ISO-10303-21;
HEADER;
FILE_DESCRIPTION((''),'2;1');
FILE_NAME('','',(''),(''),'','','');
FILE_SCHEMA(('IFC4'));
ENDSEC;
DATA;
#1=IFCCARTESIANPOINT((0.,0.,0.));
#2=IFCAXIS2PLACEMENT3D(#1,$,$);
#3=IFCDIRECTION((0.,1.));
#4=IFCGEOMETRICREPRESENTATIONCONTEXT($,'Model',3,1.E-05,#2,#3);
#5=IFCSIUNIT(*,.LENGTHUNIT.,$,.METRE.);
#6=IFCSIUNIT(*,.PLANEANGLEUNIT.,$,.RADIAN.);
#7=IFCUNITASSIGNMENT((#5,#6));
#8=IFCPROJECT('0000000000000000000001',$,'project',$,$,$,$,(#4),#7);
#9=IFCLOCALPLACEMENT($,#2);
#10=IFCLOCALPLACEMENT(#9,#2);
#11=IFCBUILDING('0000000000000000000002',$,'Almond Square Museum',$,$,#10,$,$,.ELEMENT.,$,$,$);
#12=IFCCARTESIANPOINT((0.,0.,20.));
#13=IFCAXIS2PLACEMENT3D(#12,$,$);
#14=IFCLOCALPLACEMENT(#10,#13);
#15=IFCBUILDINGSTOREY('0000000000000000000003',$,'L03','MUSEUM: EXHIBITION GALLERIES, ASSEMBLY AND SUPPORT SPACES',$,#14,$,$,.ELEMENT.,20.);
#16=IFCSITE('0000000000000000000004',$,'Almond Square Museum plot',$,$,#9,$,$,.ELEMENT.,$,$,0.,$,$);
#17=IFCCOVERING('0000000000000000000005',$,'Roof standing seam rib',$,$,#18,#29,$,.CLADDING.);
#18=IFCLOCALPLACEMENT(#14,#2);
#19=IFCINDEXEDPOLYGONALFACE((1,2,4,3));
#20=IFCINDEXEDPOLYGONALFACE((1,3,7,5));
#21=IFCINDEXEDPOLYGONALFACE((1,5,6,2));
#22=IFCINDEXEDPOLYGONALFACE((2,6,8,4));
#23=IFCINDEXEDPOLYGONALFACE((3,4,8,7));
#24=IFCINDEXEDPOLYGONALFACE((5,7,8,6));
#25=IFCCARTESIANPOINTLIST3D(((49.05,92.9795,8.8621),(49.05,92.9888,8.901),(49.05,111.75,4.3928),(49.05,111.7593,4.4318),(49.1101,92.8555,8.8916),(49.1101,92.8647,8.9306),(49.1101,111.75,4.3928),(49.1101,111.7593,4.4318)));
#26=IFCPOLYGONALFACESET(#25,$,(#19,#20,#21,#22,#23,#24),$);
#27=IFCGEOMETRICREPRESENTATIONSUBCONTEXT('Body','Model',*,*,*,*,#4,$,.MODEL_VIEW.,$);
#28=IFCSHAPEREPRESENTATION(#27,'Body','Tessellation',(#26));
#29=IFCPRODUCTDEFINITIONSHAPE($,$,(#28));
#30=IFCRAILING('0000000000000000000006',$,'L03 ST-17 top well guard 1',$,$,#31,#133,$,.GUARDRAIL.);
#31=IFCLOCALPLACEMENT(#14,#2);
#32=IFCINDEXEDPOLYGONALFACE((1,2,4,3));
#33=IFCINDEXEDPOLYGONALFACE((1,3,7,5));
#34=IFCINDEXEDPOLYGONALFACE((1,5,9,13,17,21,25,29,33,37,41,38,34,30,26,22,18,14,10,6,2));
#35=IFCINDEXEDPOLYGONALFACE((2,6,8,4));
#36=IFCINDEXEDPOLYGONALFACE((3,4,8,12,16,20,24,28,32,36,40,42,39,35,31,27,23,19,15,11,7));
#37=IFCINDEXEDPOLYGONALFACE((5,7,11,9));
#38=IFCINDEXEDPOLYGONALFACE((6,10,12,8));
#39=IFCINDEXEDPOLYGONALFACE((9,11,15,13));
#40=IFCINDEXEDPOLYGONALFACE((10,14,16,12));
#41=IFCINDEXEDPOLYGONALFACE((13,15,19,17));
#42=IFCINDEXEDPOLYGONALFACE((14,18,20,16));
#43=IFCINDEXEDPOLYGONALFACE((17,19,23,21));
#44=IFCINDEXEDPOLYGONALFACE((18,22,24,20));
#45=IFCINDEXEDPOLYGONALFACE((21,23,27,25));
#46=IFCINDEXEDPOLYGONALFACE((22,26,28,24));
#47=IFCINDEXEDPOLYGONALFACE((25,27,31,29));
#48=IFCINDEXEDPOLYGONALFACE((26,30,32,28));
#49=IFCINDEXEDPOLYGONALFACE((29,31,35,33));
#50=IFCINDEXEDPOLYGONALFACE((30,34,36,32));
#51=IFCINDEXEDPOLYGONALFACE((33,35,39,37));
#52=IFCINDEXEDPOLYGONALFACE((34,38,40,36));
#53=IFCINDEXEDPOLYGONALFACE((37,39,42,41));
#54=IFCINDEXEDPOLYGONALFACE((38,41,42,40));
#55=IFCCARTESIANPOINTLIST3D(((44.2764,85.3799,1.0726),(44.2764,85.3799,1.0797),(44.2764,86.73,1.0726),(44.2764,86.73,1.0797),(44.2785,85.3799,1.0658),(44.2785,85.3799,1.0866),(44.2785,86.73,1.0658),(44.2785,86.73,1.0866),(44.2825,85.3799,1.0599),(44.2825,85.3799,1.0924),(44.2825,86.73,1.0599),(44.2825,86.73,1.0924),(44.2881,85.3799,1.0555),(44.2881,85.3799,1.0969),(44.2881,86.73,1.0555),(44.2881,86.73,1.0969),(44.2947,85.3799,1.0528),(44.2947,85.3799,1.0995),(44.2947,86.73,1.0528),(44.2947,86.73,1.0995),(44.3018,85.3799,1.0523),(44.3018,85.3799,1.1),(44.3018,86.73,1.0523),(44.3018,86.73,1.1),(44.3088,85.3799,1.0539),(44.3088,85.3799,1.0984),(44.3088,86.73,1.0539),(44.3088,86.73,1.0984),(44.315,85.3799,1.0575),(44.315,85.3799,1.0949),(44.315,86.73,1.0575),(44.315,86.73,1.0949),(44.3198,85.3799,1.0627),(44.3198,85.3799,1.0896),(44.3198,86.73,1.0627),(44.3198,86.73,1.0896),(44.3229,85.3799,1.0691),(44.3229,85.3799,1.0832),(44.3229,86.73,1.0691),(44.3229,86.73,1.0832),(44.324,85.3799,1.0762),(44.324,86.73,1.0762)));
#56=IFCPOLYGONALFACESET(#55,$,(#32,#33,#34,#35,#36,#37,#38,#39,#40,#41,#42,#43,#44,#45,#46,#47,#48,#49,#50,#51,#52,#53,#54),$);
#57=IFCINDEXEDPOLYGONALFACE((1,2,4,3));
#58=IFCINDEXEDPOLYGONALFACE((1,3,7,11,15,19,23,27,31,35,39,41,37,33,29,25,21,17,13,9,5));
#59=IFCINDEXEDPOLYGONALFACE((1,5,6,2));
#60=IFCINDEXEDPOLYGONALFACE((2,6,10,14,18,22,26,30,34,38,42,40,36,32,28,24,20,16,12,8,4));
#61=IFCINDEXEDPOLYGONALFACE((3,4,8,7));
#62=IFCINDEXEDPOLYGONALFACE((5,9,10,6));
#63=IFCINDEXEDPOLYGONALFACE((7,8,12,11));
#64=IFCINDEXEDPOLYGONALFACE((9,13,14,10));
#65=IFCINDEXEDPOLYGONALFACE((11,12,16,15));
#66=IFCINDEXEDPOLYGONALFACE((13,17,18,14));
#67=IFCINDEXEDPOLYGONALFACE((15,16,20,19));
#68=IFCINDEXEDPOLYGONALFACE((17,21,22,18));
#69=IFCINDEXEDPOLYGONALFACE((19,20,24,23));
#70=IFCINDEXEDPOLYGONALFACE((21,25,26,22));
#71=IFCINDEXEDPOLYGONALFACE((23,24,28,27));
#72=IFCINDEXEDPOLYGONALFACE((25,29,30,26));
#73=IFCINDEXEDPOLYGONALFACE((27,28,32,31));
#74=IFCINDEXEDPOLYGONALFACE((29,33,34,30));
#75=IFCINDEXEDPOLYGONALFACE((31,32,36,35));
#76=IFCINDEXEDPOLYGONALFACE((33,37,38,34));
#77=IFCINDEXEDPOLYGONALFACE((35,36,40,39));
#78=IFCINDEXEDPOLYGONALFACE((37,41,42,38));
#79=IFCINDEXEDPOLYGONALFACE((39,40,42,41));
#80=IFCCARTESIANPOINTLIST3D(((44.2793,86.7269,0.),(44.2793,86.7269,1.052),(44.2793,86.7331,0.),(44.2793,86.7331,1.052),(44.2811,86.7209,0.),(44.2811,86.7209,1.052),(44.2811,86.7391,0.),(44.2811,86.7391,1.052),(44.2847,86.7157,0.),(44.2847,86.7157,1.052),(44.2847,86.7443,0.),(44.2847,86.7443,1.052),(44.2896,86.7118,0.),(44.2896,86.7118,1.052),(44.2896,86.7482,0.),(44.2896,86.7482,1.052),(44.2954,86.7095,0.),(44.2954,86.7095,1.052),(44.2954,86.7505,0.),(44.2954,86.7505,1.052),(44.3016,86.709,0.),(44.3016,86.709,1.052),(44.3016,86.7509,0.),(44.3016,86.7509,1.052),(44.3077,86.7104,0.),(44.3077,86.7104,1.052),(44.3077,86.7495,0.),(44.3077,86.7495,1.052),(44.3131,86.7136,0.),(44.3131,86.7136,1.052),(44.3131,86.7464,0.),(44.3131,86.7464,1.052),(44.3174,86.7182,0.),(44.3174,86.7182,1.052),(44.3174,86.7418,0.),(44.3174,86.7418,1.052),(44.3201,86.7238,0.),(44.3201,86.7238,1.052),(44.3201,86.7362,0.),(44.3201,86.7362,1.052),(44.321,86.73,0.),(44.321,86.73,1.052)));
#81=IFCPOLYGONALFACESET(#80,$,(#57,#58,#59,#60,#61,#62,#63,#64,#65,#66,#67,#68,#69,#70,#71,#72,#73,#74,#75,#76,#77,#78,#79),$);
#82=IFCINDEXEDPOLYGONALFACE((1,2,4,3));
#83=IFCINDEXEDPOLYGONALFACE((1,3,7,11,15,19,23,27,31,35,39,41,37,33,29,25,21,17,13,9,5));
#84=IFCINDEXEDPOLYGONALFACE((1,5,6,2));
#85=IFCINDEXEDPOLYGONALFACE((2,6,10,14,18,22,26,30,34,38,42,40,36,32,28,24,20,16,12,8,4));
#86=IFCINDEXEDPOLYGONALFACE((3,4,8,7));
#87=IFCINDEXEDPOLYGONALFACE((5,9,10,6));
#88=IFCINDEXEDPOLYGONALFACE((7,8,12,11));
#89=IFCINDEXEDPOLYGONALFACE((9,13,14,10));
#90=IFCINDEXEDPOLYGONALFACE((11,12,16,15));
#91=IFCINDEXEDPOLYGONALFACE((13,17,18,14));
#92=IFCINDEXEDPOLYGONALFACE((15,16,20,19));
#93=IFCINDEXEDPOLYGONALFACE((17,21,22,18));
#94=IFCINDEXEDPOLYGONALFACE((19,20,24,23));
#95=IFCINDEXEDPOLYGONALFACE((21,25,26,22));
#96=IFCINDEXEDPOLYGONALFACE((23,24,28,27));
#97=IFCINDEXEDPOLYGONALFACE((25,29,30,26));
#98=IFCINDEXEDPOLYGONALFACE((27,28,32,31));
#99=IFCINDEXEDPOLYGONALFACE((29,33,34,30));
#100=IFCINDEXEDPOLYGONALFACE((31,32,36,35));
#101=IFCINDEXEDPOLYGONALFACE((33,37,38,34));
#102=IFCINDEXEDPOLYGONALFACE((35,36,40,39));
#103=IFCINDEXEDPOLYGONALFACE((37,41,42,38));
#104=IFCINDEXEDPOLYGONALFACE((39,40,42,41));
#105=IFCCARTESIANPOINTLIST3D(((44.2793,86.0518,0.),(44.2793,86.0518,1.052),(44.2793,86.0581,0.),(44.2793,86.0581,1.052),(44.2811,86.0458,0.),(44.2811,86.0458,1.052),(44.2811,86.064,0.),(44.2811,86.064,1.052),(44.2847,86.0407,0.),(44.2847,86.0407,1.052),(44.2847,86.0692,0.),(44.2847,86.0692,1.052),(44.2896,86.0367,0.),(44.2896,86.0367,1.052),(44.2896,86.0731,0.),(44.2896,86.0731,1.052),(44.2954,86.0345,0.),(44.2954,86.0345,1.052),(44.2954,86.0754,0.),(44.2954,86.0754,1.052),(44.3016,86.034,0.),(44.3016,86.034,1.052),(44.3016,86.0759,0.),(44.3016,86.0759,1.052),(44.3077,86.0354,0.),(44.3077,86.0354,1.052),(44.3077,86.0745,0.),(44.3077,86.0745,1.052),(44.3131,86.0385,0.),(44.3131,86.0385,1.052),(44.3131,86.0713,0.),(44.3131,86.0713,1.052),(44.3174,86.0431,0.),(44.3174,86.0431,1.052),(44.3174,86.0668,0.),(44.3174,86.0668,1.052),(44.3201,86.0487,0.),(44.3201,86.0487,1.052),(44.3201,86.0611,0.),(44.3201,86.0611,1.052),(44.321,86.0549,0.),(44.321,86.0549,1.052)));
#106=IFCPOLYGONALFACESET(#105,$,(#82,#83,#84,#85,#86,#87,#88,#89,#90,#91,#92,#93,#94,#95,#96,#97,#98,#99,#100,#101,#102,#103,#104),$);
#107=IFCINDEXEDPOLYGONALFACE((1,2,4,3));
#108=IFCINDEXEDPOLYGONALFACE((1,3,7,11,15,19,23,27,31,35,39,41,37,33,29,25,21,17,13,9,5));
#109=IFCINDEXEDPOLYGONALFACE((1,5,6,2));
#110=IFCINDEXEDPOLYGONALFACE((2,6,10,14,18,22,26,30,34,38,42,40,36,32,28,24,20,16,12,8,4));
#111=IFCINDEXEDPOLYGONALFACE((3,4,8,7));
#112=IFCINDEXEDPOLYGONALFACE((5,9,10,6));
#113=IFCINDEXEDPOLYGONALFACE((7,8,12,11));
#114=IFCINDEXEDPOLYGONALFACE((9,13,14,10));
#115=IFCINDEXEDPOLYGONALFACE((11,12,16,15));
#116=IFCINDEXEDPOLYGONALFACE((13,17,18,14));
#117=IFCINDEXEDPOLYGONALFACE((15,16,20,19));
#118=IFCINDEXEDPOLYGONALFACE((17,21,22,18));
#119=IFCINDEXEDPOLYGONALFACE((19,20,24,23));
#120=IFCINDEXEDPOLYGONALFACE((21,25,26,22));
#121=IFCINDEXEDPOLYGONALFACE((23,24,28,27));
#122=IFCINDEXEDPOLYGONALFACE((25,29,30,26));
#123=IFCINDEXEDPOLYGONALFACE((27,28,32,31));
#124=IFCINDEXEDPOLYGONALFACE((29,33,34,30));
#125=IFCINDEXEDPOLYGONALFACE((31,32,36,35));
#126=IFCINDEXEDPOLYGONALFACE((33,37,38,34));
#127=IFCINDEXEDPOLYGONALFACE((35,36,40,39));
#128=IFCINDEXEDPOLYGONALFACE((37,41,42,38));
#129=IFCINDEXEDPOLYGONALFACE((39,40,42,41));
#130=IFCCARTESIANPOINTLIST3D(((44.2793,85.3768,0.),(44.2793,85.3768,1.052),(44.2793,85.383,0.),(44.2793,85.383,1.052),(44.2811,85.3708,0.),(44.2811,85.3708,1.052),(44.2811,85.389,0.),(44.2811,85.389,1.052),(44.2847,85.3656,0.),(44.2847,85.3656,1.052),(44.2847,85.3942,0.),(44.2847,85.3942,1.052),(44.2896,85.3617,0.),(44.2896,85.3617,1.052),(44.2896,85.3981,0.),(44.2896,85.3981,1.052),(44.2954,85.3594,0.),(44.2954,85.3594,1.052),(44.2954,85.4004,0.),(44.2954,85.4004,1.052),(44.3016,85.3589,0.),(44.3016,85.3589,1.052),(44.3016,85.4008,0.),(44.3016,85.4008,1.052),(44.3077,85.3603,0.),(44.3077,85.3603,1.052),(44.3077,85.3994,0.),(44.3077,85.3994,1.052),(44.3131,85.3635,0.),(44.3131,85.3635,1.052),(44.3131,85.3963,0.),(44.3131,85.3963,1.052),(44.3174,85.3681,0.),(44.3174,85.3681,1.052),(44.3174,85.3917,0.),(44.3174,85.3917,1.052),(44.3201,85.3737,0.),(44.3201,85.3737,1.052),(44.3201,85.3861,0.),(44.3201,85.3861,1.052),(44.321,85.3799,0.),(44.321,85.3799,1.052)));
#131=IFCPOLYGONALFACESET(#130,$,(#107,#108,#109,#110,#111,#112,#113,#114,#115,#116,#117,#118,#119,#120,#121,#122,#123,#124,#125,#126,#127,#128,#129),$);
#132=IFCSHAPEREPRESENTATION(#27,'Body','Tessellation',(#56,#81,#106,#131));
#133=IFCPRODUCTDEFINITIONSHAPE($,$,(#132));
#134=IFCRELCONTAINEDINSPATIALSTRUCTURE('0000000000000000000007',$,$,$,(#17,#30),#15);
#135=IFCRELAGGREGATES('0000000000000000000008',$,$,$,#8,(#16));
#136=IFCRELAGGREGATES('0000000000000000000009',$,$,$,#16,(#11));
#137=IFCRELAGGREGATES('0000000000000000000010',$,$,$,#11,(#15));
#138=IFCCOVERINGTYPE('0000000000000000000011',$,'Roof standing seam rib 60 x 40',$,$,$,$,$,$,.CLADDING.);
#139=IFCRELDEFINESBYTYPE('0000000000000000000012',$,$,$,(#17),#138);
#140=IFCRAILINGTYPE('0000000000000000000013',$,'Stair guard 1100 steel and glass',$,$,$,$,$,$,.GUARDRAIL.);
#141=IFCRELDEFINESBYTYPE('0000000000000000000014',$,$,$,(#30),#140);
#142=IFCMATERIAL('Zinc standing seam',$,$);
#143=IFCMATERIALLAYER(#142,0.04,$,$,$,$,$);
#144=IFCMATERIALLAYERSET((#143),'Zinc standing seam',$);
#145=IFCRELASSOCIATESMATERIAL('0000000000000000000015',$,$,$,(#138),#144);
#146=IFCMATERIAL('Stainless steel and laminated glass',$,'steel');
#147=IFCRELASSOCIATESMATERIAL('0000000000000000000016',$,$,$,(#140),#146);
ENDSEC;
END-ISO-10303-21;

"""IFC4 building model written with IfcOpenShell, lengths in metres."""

from ifc_helpers import new_model, si_unit, direction, frame, origin, origin_2d, place, context, subcontext, project, spatial, polyline, circle, outline, extrude, material, layer, layer_set, type_object, element, save


model = new_model("IFC4")

# Units and contexts
model_context = context("Model", 3, precision=1e-05, world=origin(), true_north=direction((0.0, 1.0)))
body_context = subcontext(model_context, "Body", "Model", "MODEL_VIEW")
ifc_project = project(units=[si_unit("LENGTHUNIT", "METRE"), si_unit("PLANEANGLEUNIT", "RADIAN")], contexts=[model_context])

# Site, building, storey
site_placement = place(None, origin())
site = spatial("IfcSite", under=ifc_project, at=site_placement, Name="Almond Square Museum plot", CompositionType="ELEMENT", RefElevation=0.0)
building_placement = place(site_placement, origin())
building = spatial("IfcBuilding", under=site, at=building_placement, Name="Almond Square Museum", CompositionType="ELEMENT")
storey_placement = place(building_placement, frame((0.0, 0.0, 20.0)))
storey = spatial("IfcBuildingStorey", under=building, at=storey_placement, Name="L03", Description="MUSEUM: EXHIBITION GALLERIES, ASSEMBLY AND SUPPORT SPACES", CompositionType="ELEMENT", Elevation=20.0)

# Covering
ifc_material_1 = material(Name="Zinc standing seam")
ifc_layer_1 = layer(ifc_material_1, 0.04)
ifc_layer_set_1 = layer_set([ifc_layer_1], Name="Zinc standing seam")
covering_type = type_object("IfcCoveringType", Name="Roof standing seam rib 60 x 40", PredefinedType="CLADDING", material=ifc_layer_set_1)
covering_placement = place(storey_placement, frame((49.1101, 92.8555, 8.8916), z_axis=(-0.00009, 0.231624, 0.972805), x_axis=(0.0, 0.972805, -0.231624)))
element("IfcCovering", 1, at=covering_placement, inside=storey, type_object=covering_type, Name="Roof standing seam rib", PredefinedType="CLADDING", context=body_context, shape_type="SweptSolid", body=[
    extrude(outline(polyline([(0.0, 0.0), (19.4227, 0.0), (19.4227, 0.0601), (0.1275, 0.0601), (0.0, 0.0)])), origin(), (0.0, 0.0, 1.0), 0.04),
])

# Railing
ifc_material_2 = material(Name="Stainless steel and laminated glass", Category="steel")
railing_type = type_object("IfcRailingType", Name="Stair guard 1100 steel and glass", PredefinedType="GUARDRAIL", material=ifc_material_2)
for number, where, name in (
    (2, (44.3, 86.73, 0.0), "L03 ST-17 top well guard 1"),
):
    element("IfcRailing", number, at=place(storey_placement, frame(where)), inside=storey, type_object=railing_type, Name=name, PredefinedType="GUARDRAIL", context=body_context, shape_type="SweptSolid", body=[
        extrude(circle(Radius=0.0239, at=origin_2d()), frame((0.0, 0.0, 1.0762), z_axis=(0.0, -1.0, 0.0), x_axis=(1.0, 0.0, 0.0)), (0.0, 0.0, 1.0), 1.3501),
        extrude(circle(Radius=0.021, at=origin_2d()), origin(), (0.0, 0.0, 1.0), 1.052),
        extrude(circle(Radius=0.021, at=origin_2d()), frame((0.0, -0.675, 0.0)), (0.0, 0.0, 1.0), 1.052),
        extrude(circle(Radius=0.021, at=origin_2d()), frame((0.0, -1.3501, 0.0)), (0.0, 0.0, 1.0), 1.052),
    ])

save(model, "model.ifc")
